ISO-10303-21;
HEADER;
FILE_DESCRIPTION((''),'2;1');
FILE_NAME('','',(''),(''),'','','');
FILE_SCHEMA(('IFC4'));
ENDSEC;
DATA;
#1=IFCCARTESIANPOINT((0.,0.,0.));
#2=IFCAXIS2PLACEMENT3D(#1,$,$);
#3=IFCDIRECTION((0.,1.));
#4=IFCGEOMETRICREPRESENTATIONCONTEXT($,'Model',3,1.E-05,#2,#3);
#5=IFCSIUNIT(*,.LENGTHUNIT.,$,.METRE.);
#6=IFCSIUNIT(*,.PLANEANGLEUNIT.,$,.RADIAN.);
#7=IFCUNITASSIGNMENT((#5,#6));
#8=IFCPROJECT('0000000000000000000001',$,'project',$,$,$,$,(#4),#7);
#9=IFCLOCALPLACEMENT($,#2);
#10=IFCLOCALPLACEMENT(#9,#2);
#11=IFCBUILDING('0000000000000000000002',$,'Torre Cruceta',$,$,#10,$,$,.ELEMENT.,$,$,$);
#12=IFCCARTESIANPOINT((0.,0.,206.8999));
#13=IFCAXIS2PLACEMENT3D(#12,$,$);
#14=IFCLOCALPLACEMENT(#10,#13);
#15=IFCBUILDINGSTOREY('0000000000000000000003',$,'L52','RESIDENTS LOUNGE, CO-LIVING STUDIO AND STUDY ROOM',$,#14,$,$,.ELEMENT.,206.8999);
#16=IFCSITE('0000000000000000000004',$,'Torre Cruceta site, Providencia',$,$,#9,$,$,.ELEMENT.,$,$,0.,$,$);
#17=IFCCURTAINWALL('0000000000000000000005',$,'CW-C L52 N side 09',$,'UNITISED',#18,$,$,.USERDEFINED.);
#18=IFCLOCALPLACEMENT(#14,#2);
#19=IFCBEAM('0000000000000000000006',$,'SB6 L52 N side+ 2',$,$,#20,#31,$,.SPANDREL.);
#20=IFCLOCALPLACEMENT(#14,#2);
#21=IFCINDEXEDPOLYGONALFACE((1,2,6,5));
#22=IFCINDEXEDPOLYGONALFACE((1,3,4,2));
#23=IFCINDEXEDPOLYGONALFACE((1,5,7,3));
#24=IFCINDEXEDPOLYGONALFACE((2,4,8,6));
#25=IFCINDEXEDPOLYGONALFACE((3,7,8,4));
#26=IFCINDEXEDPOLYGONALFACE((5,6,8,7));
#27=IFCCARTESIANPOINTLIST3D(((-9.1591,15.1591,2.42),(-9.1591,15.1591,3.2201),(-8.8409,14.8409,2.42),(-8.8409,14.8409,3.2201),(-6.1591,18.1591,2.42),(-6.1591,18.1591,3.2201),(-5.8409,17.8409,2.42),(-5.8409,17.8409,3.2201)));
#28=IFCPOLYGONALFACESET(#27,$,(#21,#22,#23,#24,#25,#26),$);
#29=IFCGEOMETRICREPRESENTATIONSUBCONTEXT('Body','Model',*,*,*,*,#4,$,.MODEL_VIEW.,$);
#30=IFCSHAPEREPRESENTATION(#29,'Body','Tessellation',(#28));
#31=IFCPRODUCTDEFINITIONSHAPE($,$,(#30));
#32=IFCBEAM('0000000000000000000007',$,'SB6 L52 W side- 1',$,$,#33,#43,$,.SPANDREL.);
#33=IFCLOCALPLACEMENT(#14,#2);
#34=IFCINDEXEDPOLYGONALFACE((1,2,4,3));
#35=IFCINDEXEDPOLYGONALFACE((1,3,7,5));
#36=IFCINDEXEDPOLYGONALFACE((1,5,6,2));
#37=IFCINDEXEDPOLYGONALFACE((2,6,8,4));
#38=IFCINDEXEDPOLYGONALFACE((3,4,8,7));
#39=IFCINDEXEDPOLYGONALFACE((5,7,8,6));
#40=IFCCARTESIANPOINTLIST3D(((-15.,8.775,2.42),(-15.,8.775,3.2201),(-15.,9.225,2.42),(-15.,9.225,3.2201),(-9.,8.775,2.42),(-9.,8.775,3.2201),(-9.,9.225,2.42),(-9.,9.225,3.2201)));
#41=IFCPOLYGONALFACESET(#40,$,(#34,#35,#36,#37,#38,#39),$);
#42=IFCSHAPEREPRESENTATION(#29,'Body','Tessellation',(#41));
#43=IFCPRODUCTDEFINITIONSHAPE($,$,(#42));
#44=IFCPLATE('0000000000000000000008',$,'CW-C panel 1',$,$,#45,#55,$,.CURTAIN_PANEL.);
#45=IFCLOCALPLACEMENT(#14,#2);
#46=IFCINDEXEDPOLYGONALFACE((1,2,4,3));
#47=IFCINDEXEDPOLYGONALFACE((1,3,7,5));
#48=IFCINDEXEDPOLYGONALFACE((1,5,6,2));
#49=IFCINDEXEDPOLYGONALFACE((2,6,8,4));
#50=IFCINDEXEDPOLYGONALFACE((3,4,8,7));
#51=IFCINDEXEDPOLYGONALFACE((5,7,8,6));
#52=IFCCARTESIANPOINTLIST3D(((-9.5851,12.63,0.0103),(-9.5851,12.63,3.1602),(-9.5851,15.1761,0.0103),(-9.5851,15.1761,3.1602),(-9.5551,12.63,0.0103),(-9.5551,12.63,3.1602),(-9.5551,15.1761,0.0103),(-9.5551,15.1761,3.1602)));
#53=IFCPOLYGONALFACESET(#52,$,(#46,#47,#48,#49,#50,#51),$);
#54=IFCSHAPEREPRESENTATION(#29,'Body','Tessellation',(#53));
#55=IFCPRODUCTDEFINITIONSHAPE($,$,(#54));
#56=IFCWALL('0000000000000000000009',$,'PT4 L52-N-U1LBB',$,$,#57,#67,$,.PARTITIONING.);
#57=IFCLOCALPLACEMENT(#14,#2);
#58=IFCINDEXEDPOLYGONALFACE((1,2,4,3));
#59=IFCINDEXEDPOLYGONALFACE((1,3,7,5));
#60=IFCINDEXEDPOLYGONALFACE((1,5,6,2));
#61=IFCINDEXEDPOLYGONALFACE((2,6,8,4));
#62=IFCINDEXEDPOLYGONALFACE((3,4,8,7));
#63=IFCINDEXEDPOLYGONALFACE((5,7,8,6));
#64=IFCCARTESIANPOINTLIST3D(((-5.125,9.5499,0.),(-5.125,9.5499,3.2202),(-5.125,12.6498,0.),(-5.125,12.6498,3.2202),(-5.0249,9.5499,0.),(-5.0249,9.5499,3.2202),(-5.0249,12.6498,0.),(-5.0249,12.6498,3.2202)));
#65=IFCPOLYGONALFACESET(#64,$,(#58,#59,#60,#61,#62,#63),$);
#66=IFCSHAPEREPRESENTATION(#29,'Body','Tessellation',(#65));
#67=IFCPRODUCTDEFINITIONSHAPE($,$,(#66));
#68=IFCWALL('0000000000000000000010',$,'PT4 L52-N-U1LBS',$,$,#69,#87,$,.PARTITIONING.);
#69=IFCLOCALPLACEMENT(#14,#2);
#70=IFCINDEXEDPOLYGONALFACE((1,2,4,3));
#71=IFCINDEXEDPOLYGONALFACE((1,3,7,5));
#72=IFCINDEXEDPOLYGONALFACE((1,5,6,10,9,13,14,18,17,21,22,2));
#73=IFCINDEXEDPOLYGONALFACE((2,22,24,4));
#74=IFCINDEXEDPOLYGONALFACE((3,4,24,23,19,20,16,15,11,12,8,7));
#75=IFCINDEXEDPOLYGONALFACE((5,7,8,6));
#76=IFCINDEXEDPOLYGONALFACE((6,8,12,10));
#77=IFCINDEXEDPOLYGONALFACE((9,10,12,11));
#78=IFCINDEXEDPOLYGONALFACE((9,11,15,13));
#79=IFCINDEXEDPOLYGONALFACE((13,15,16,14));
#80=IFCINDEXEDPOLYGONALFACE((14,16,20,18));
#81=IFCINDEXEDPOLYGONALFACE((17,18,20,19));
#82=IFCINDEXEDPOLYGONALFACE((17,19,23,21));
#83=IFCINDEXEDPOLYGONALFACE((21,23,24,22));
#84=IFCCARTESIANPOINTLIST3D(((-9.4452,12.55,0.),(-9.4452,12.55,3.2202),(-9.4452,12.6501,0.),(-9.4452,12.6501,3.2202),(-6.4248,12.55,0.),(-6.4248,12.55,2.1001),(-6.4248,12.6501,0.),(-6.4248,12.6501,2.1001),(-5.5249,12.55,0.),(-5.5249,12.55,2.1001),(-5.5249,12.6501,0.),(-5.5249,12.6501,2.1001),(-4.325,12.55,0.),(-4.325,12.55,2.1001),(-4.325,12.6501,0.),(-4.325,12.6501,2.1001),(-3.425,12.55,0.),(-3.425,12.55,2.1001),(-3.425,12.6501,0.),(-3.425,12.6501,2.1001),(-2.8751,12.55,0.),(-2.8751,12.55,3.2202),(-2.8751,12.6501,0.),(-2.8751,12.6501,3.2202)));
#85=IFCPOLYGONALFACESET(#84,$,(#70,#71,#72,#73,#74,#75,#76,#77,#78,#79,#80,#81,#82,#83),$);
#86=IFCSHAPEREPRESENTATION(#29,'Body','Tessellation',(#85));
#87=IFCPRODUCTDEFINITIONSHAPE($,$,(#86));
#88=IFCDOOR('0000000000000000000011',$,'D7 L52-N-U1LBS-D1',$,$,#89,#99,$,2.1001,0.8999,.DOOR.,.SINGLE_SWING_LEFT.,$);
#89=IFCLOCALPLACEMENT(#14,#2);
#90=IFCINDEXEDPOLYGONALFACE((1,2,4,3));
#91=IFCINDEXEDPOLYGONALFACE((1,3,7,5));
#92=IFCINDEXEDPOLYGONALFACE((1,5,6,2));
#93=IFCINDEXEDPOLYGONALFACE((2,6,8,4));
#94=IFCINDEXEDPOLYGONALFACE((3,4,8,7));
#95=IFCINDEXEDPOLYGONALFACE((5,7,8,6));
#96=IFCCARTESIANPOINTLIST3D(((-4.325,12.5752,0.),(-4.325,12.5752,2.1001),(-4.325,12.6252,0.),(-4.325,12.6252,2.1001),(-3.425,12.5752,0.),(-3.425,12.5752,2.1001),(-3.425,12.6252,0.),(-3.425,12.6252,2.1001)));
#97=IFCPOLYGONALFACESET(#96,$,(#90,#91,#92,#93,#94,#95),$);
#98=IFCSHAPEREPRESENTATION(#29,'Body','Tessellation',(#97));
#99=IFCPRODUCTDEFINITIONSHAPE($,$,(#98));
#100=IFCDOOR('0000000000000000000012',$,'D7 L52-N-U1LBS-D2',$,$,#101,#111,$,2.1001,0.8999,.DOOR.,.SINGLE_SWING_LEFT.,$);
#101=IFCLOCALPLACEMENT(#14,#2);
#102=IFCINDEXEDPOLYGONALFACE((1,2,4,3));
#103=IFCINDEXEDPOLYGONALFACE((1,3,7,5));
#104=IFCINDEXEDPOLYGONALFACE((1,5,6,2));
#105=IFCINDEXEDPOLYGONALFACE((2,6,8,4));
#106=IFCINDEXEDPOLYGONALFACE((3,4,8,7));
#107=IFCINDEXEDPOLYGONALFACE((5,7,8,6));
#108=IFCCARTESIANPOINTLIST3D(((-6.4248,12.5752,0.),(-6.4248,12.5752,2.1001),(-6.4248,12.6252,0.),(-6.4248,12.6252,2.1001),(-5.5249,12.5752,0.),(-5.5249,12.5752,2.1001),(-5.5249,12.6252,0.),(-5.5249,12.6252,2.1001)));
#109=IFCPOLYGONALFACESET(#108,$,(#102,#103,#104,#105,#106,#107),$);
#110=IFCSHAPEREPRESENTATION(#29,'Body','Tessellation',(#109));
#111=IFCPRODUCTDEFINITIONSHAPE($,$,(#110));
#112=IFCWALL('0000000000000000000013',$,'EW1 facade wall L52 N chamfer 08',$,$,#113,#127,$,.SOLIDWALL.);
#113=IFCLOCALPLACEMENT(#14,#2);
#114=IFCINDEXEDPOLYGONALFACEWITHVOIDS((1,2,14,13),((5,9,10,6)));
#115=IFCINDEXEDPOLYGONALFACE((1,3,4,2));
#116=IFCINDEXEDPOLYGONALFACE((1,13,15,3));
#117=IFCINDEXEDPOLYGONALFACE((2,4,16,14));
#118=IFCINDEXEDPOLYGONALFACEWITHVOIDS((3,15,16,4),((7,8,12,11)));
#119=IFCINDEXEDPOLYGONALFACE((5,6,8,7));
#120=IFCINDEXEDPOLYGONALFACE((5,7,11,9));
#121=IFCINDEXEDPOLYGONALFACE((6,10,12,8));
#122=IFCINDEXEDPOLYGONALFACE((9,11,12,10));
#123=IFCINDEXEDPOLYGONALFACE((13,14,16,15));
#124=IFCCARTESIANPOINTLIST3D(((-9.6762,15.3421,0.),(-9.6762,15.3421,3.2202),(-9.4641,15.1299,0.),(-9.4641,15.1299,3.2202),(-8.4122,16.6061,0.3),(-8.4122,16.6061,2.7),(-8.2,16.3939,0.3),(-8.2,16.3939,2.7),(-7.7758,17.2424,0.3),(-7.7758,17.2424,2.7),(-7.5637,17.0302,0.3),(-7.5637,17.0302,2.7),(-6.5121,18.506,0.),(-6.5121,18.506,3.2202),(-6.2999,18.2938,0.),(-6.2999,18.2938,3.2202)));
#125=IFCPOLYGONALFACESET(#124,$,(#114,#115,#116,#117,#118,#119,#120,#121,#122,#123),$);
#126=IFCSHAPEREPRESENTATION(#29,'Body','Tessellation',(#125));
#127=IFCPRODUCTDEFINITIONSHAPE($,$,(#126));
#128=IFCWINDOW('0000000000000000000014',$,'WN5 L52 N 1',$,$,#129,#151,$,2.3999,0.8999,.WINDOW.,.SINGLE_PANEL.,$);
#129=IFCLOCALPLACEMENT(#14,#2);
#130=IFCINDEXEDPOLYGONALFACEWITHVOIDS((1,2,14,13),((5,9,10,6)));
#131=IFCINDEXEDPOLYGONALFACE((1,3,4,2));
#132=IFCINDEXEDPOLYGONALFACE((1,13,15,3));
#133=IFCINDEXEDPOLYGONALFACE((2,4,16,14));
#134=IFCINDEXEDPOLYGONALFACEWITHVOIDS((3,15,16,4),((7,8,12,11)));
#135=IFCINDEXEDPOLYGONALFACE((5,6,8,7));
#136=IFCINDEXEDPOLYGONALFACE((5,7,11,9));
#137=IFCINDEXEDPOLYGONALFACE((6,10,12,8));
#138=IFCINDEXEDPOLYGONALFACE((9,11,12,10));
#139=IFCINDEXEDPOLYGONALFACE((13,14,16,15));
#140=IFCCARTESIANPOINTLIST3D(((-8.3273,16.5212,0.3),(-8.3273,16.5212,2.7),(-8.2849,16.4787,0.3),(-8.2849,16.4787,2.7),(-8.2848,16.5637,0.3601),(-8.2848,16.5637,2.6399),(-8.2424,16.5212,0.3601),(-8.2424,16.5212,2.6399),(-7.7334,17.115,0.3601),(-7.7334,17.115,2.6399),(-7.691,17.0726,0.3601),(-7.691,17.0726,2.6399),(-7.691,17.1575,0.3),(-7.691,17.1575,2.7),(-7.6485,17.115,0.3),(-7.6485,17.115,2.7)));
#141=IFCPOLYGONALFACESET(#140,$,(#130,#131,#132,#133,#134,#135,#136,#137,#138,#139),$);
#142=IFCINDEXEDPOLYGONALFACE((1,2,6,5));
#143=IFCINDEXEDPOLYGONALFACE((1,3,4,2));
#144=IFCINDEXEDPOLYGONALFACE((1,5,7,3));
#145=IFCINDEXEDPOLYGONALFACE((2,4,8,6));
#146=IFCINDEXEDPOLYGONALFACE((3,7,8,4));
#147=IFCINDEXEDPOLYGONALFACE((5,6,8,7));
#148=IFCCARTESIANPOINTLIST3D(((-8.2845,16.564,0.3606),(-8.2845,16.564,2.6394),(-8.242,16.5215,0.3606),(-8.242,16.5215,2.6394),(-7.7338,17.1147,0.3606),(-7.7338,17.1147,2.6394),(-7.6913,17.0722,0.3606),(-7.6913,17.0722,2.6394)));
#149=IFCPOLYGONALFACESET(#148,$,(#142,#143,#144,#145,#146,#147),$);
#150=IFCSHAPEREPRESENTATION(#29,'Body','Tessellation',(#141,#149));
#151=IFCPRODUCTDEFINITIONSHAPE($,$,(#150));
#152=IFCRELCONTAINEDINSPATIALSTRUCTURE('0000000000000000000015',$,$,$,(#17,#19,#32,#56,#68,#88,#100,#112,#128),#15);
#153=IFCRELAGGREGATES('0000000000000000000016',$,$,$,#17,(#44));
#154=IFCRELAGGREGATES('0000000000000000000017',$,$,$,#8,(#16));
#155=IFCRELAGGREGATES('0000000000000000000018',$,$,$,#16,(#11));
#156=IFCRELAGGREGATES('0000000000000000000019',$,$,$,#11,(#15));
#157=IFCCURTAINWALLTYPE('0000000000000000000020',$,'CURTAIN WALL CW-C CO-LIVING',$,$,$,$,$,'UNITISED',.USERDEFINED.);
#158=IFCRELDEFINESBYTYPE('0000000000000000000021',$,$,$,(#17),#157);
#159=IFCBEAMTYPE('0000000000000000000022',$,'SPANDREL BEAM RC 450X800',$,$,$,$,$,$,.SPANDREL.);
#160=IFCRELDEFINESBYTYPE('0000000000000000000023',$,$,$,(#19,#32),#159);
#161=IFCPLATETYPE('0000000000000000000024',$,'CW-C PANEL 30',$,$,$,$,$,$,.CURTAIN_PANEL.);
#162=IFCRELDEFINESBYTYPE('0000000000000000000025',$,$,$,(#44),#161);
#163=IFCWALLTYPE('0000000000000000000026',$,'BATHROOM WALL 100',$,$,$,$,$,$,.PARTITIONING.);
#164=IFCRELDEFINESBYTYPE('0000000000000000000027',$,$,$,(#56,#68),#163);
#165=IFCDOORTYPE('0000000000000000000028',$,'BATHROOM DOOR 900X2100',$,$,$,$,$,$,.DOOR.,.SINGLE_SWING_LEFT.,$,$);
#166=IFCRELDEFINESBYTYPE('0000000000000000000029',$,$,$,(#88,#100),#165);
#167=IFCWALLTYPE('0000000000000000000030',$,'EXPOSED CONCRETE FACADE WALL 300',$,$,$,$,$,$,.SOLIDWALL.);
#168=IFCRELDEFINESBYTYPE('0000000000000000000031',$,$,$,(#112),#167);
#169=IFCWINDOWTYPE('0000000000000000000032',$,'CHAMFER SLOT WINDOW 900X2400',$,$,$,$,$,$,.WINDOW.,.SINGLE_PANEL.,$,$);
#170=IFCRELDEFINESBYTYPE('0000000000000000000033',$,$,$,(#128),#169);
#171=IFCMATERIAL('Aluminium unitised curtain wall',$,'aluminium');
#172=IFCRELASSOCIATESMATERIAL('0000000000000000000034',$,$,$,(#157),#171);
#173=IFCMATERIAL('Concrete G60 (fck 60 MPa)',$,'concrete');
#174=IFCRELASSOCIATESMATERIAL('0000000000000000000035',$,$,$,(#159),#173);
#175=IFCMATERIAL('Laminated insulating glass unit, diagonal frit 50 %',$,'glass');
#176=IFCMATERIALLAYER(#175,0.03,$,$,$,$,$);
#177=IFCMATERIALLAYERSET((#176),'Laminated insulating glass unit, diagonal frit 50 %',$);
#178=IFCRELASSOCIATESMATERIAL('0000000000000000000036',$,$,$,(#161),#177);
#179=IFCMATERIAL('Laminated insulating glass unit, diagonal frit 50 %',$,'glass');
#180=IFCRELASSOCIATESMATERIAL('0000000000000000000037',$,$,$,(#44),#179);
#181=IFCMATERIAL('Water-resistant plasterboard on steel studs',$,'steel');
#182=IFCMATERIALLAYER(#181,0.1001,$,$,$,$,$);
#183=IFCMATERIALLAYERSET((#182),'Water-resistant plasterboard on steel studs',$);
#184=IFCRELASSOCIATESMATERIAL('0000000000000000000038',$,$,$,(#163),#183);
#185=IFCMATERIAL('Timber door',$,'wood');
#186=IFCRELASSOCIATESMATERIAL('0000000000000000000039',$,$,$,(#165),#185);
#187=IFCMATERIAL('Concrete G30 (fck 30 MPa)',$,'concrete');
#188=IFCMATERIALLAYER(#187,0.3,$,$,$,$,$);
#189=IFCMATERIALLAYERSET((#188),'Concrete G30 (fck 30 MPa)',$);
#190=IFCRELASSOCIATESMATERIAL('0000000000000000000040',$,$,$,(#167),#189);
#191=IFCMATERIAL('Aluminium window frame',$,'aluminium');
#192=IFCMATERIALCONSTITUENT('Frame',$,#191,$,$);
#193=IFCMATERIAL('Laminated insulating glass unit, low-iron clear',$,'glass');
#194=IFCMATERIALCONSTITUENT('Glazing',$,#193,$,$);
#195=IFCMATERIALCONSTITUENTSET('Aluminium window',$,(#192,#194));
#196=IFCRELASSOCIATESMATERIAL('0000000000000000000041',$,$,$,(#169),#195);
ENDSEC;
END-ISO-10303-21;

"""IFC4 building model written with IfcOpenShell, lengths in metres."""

from ifc_helpers import new_model, si_unit, direction, frame, frame_2d, origin, origin_2d, place, context, subcontext, project, spatial, rectangle, hollow_rectangle, extrude, material, layer, layer_set, constituent, constituent_set, material_profile, profile_set, type_object, element, fill, aggregate, save


model = new_model("IFC4")

# Units and contexts
model_context = context("Model", 3, precision=1e-05, world=origin(), true_north=direction((0.0, 1.0)))
body_context = subcontext(model_context, "Body", "Model", "MODEL_VIEW")
ifc_project = project(units=[si_unit("LENGTHUNIT", "METRE"), si_unit("PLANEANGLEUNIT", "RADIAN")], contexts=[model_context])

# Site, building, storey
site_placement = place(None, origin())
site = spatial("IfcSite", under=ifc_project, at=site_placement, Name="Torre Cruceta site, Providencia", CompositionType="ELEMENT", RefElevation=0.0)
building_placement = place(site_placement, origin())
building = spatial("IfcBuilding", under=site, at=building_placement, Name="Torre Cruceta", CompositionType="ELEMENT")
storey_placement = place(building_placement, frame((0.0, 0.0, 206.8999)))
storey = spatial("IfcBuildingStorey", under=building, at=storey_placement, Name="L52", Description="RESIDENTS LOUNGE, CO-LIVING STUDIO AND STUDY ROOM", CompositionType="ELEMENT", Elevation=206.8999)

# Curtain wall
ifc_material_1 = material(Name="Aluminium unitised curtain wall", Category="aluminium")
curtain_wall_type = type_object("IfcCurtainWallType", Name="CURTAIN WALL CW-C CO-LIVING", ElementType="UNITISED", PredefinedType="USERDEFINED", material=ifc_material_1)
curtain_wall_1_placement = place(storey_placement, origin())
curtain_wall_1 = element("IfcCurtainWall", 1, at=curtain_wall_1_placement, inside=storey, type_object=curtain_wall_type, Name="CW-C L52 N side 09", ObjectType="UNITISED", PredefinedType="USERDEFINED")

# Beams
ifc_material_2 = material(Name="Concrete G60 (fck 60 MPa)", Category="concrete")
ifc_material_profile_1 = material_profile(ifc_material_2, rectangle(XDim=0.45, YDim=0.8, at=origin_2d()), Name="RC 450X800")
ifc_profile_set_1 = profile_set([ifc_material_profile_1], Name="Concrete G60 (fck 60 MPa)")
beam_type_1 = type_object("IfcBeamType", Name="SPANDREL BEAM RC 450X800", PredefinedType="SPANDREL", material=ifc_profile_set_1)
beam_1_placement = place(storey_placement, frame((-9.0, 15.0, 2.8201), z_axis=(0.707107, 0.707107, 0.0), x_axis=(-0.707107, 0.707107, 0.0)))
element("IfcBeam", 2, at=beam_1_placement, inside=storey, type_object=beam_type_1, Name="SB6 L52 N side+ 2", PredefinedType="SPANDREL", context=body_context, shape_type="SweptSolid", body=[
    extrude(rectangle(XDim=0.45, YDim=0.8, at=origin_2d()), origin(), (0.0, 0.0, 1.0), 4.2427),
])
beam_2_placement = place(storey_placement, frame((-9.0, 9.0, 2.8201), z_axis=(-1.0, 0.0, 0.0), x_axis=(0.0, -1.0, 0.0)))
element("IfcBeam", 3, at=beam_2_placement, inside=storey, type_object=beam_type_1, Name="SB6 L52 W side- 1", PredefinedType="SPANDREL", context=body_context, shape_type="SweptSolid", body=[
    extrude(rectangle(XDim=0.45, YDim=0.8, at=origin_2d()), origin(), (0.0, 0.0, 1.0), 6.0),
])

# Plate
ifc_material_3 = material(Name="Laminated insulating glass unit, diagonal frit 50 %", Category="glass")
ifc_material_4 = material(Name="Laminated insulating glass unit, diagonal frit 50 %", Category="glass")
ifc_layer_1 = layer(ifc_material_4, 0.03)
ifc_layer_set_1 = layer_set([ifc_layer_1], Name="Laminated insulating glass unit, diagonal frit 50 %")
plate_type = type_object("IfcPlateType", Name="CW-C PANEL 30", PredefinedType="CURTAIN_PANEL", material=ifc_layer_set_1)
plate_placement = place(storey_placement, frame((-9.5701, 13.9031, 0.0103), z_axis=(0.0, 0.0, 1.0), x_axis=(0.0, -1.0, 0.0)))
plate = element("IfcPlate", 4, at=plate_placement, type_object=plate_type, material=ifc_material_3, Name="CW-C panel 1", PredefinedType="CURTAIN_PANEL", context=body_context, shape_type="SweptSolid", body=[
    extrude(rectangle(XDim=2.5461, YDim=0.03, at=origin_2d()), origin(), (0.0, 0.0, 1.0), 3.1499),
])
aggregate(curtain_wall_1, [plate])

# Wall
ifc_material_5 = material(Name="Water-resistant plasterboard on steel studs", Category="steel")
ifc_layer_2 = layer(ifc_material_5, 0.1001)
ifc_layer_set_2 = layer_set([ifc_layer_2], Name="Water-resistant plasterboard on steel studs")
wall_type_1 = type_object("IfcWallType", Name="BATHROOM WALL 100", PredefinedType="PARTITIONING", material=ifc_layer_set_2)
wall_1_placement = place(storey_placement, frame((-5.075, 9.55, 0.0), z_axis=(0.0, 0.0, 1.0), x_axis=(0.0, 1.0, 0.0)))
element("IfcWall", 5, at=wall_1_placement, inside=storey, type_object=wall_type_1, Name="PT4 L52-N-U1LBB", PredefinedType="PARTITIONING", context=body_context, shape_type="SweptSolid", body=[
    extrude(rectangle(XDim=3.0999, YDim=0.1001, at=frame_2d((1.5498, 0.0))), origin(), (0.0, 0.0, 1.0), 3.2202),
])

# Wall, openings, doors
wall_2_placement = place(storey_placement, frame((-2.875, 12.6001, 0.0), z_axis=(0.0, 0.0, 1.0), x_axis=(-1.0, 0.0, 0.0)))
wall_2 = element("IfcWall", 6, at=wall_2_placement, inside=storey, type_object=wall_type_1, Name="PT4 L52-N-U1LBS", PredefinedType="PARTITIONING", context=body_context, shape_type="SweptSolid", body=[
    extrude(rectangle(XDim=6.5701, YDim=0.1001, at=frame_2d((3.2852, 0.0))), origin(), (0.0, 0.0, 1.0), 3.2202),
])
opening_1_placement = place(wall_2_placement, frame((0.55, 0.0, 0.0)))
opening_1 = element("IfcOpeningElement", 7, at=opening_1_placement, cuts=wall_2, PredefinedType="OPENING", context=body_context, shape_type="SweptSolid", body=[
    extrude(rectangle(XDim=0.8999, YDim=2.1001, at=frame_2d((0.45, 1.05))), frame((0.0, 0.0601, 0.0), z_axis=(0.0, -1.0, 0.0), x_axis=(1.0, 0.0, 0.0)), (0.0, 0.0, 1.0), 0.1201),
])
opening_2_placement = place(wall_2_placement, frame((2.6499, 0.0, 0.0)))
opening_2 = element("IfcOpeningElement", 8, at=opening_2_placement, cuts=wall_2, PredefinedType="OPENING", context=body_context, shape_type="SweptSolid", body=[
    extrude(rectangle(XDim=0.8999, YDim=2.1001, at=frame_2d((0.45, 1.05))), frame((0.0, 0.0601, 0.0), z_axis=(0.0, -1.0, 0.0), x_axis=(1.0, 0.0, 0.0)), (0.0, 0.0, 1.0), 0.1201),
])
ifc_material_6 = material(Name="Timber door", Category="wood")
door_type_1 = type_object("IfcDoorType", Name="BATHROOM DOOR 900X2100", OperationType="SINGLE_SWING_LEFT", PredefinedType="DOOR", material=ifc_material_6)
door_1_placement = place(opening_1_placement, origin())
door_1 = element("IfcDoor", 9, at=door_1_placement, inside=storey, type_object=door_type_1, Name="D7 L52-N-U1LBS-D1", OperationType="SINGLE_SWING_LEFT", OverallHeight=2.1001, OverallWidth=0.8999, PredefinedType="DOOR", context=body_context, shape_type="SweptSolid", body=[
    extrude(rectangle(XDim=0.8999, YDim=2.1001, at=frame_2d((0.45, 1.05))), frame((0.0, 0.0249, 0.0), z_axis=(0.0, -1.0, 0.0), x_axis=(1.0, 0.0, 0.0)), (0.0, 0.0, 1.0), 0.05),
])
fill(opening_1, door_1)
door_2_placement = place(opening_2_placement, origin())
door_2 = element("IfcDoor", 10, at=door_2_placement, inside=storey, type_object=door_type_1, Name="D7 L52-N-U1LBS-D2", OperationType="SINGLE_SWING_LEFT", OverallHeight=2.1001, OverallWidth=0.8999, PredefinedType="DOOR", context=body_context, shape_type="SweptSolid", body=[
    extrude(rectangle(XDim=0.8999, YDim=2.1001, at=frame_2d((0.45, 1.05))), frame((0.0, 0.0249, 0.0), z_axis=(0.0, -1.0, 0.0), x_axis=(1.0, 0.0, 0.0)), (0.0, 0.0, 1.0), 0.05),
])
fill(opening_2, door_2)

# Wall, opening, window
ifc_material_7 = material(Name="Concrete G30 (fck 30 MPa)", Category="concrete")
ifc_layer_3 = layer(ifc_material_7, 0.3)
ifc_layer_set_3 = layer_set([ifc_layer_3], Name="Concrete G30 (fck 30 MPa)")
wall_type_2 = type_object("IfcWallType", Name="EXPOSED CONCRETE FACADE WALL 300", PredefinedType="SOLIDWALL", material=ifc_layer_set_3)
wall_3_placement = place(storey_placement, frame((-6.406, 18.3999, 0.0), z_axis=(0.0, 0.0, 1.0), x_axis=(-0.707134, -0.707079, 0.0)))
wall_3 = element("IfcWall", 11, at=wall_3_placement, inside=storey, type_object=wall_type_2, Name="EW1 facade wall L52 N chamfer 08", PredefinedType="SOLIDWALL", context=body_context, shape_type="SweptSolid", body=[
    extrude(rectangle(XDim=4.4746, YDim=0.3, at=frame_2d((2.2373, 0.0))), origin(), (0.0, 0.0, 1.0), 3.2202),
])
opening_3_placement = place(wall_3_placement, frame((1.7871, 0.0, 0.3)))
opening_3 = element("IfcOpeningElement", 12, at=opening_3_placement, cuts=wall_3, PredefinedType="OPENING", context=body_context, shape_type="SweptSolid", body=[
    extrude(rectangle(XDim=0.8999, YDim=2.3999, at=frame_2d((0.45, 1.2))), frame((0.0, 0.1599, 0.0), z_axis=(0.0, -1.0, 0.0), x_axis=(1.0, 0.0, 0.0)), (0.0, 0.0, 1.0), 0.3201),
])
ifc_material_8 = material(Name="Aluminium window frame", Category="aluminium")
ifc_constituent_1 = constituent(ifc_material_8, Name="Frame")
ifc_material_9 = material(Name="Laminated insulating glass unit, low-iron clear", Category="glass")
ifc_constituent_2 = constituent(ifc_material_9, Name="Glazing")
ifc_constituent_set_1 = constituent_set(constituents=[ifc_constituent_1, ifc_constituent_2], Name="Aluminium window")
window_type = type_object("IfcWindowType", Name="CHAMFER SLOT WINDOW 900X2400", PartitioningType="SINGLE_PANEL", PredefinedType="WINDOW", material=ifc_constituent_set_1)
window_placement = place(opening_3_placement, origin())
window = element("IfcWindow", 13, at=window_placement, inside=storey, type_object=window_type, Name="WN5 L52 N 1", OverallHeight=2.3999, OverallWidth=0.8999, PartitioningType="SINGLE_PANEL", PredefinedType="WINDOW", context=body_context, shape_type="SweptSolid", body=[
    extrude(hollow_rectangle(XDim=0.8999, YDim=2.3999, WallThickness=0.0601, at=frame_2d((0.45, 1.2))), frame((0.0, 0.03, 0.0), z_axis=(0.0, -1.0, 0.0), x_axis=(1.0, 0.0, 0.0)), (0.0, 0.0, 1.0), 0.0601),
    extrude(rectangle(XDim=0.7788, YDim=2.2788, at=frame_2d((0.45, 1.2))), frame((0.0, 0.03, 0.0), z_axis=(0.0, -1.0, 0.0), x_axis=(1.0, 0.0, 0.0)), (0.0, 0.0, 1.0), 0.0601),
])
fill(opening_3, window)

save(model, "model.ifc")
